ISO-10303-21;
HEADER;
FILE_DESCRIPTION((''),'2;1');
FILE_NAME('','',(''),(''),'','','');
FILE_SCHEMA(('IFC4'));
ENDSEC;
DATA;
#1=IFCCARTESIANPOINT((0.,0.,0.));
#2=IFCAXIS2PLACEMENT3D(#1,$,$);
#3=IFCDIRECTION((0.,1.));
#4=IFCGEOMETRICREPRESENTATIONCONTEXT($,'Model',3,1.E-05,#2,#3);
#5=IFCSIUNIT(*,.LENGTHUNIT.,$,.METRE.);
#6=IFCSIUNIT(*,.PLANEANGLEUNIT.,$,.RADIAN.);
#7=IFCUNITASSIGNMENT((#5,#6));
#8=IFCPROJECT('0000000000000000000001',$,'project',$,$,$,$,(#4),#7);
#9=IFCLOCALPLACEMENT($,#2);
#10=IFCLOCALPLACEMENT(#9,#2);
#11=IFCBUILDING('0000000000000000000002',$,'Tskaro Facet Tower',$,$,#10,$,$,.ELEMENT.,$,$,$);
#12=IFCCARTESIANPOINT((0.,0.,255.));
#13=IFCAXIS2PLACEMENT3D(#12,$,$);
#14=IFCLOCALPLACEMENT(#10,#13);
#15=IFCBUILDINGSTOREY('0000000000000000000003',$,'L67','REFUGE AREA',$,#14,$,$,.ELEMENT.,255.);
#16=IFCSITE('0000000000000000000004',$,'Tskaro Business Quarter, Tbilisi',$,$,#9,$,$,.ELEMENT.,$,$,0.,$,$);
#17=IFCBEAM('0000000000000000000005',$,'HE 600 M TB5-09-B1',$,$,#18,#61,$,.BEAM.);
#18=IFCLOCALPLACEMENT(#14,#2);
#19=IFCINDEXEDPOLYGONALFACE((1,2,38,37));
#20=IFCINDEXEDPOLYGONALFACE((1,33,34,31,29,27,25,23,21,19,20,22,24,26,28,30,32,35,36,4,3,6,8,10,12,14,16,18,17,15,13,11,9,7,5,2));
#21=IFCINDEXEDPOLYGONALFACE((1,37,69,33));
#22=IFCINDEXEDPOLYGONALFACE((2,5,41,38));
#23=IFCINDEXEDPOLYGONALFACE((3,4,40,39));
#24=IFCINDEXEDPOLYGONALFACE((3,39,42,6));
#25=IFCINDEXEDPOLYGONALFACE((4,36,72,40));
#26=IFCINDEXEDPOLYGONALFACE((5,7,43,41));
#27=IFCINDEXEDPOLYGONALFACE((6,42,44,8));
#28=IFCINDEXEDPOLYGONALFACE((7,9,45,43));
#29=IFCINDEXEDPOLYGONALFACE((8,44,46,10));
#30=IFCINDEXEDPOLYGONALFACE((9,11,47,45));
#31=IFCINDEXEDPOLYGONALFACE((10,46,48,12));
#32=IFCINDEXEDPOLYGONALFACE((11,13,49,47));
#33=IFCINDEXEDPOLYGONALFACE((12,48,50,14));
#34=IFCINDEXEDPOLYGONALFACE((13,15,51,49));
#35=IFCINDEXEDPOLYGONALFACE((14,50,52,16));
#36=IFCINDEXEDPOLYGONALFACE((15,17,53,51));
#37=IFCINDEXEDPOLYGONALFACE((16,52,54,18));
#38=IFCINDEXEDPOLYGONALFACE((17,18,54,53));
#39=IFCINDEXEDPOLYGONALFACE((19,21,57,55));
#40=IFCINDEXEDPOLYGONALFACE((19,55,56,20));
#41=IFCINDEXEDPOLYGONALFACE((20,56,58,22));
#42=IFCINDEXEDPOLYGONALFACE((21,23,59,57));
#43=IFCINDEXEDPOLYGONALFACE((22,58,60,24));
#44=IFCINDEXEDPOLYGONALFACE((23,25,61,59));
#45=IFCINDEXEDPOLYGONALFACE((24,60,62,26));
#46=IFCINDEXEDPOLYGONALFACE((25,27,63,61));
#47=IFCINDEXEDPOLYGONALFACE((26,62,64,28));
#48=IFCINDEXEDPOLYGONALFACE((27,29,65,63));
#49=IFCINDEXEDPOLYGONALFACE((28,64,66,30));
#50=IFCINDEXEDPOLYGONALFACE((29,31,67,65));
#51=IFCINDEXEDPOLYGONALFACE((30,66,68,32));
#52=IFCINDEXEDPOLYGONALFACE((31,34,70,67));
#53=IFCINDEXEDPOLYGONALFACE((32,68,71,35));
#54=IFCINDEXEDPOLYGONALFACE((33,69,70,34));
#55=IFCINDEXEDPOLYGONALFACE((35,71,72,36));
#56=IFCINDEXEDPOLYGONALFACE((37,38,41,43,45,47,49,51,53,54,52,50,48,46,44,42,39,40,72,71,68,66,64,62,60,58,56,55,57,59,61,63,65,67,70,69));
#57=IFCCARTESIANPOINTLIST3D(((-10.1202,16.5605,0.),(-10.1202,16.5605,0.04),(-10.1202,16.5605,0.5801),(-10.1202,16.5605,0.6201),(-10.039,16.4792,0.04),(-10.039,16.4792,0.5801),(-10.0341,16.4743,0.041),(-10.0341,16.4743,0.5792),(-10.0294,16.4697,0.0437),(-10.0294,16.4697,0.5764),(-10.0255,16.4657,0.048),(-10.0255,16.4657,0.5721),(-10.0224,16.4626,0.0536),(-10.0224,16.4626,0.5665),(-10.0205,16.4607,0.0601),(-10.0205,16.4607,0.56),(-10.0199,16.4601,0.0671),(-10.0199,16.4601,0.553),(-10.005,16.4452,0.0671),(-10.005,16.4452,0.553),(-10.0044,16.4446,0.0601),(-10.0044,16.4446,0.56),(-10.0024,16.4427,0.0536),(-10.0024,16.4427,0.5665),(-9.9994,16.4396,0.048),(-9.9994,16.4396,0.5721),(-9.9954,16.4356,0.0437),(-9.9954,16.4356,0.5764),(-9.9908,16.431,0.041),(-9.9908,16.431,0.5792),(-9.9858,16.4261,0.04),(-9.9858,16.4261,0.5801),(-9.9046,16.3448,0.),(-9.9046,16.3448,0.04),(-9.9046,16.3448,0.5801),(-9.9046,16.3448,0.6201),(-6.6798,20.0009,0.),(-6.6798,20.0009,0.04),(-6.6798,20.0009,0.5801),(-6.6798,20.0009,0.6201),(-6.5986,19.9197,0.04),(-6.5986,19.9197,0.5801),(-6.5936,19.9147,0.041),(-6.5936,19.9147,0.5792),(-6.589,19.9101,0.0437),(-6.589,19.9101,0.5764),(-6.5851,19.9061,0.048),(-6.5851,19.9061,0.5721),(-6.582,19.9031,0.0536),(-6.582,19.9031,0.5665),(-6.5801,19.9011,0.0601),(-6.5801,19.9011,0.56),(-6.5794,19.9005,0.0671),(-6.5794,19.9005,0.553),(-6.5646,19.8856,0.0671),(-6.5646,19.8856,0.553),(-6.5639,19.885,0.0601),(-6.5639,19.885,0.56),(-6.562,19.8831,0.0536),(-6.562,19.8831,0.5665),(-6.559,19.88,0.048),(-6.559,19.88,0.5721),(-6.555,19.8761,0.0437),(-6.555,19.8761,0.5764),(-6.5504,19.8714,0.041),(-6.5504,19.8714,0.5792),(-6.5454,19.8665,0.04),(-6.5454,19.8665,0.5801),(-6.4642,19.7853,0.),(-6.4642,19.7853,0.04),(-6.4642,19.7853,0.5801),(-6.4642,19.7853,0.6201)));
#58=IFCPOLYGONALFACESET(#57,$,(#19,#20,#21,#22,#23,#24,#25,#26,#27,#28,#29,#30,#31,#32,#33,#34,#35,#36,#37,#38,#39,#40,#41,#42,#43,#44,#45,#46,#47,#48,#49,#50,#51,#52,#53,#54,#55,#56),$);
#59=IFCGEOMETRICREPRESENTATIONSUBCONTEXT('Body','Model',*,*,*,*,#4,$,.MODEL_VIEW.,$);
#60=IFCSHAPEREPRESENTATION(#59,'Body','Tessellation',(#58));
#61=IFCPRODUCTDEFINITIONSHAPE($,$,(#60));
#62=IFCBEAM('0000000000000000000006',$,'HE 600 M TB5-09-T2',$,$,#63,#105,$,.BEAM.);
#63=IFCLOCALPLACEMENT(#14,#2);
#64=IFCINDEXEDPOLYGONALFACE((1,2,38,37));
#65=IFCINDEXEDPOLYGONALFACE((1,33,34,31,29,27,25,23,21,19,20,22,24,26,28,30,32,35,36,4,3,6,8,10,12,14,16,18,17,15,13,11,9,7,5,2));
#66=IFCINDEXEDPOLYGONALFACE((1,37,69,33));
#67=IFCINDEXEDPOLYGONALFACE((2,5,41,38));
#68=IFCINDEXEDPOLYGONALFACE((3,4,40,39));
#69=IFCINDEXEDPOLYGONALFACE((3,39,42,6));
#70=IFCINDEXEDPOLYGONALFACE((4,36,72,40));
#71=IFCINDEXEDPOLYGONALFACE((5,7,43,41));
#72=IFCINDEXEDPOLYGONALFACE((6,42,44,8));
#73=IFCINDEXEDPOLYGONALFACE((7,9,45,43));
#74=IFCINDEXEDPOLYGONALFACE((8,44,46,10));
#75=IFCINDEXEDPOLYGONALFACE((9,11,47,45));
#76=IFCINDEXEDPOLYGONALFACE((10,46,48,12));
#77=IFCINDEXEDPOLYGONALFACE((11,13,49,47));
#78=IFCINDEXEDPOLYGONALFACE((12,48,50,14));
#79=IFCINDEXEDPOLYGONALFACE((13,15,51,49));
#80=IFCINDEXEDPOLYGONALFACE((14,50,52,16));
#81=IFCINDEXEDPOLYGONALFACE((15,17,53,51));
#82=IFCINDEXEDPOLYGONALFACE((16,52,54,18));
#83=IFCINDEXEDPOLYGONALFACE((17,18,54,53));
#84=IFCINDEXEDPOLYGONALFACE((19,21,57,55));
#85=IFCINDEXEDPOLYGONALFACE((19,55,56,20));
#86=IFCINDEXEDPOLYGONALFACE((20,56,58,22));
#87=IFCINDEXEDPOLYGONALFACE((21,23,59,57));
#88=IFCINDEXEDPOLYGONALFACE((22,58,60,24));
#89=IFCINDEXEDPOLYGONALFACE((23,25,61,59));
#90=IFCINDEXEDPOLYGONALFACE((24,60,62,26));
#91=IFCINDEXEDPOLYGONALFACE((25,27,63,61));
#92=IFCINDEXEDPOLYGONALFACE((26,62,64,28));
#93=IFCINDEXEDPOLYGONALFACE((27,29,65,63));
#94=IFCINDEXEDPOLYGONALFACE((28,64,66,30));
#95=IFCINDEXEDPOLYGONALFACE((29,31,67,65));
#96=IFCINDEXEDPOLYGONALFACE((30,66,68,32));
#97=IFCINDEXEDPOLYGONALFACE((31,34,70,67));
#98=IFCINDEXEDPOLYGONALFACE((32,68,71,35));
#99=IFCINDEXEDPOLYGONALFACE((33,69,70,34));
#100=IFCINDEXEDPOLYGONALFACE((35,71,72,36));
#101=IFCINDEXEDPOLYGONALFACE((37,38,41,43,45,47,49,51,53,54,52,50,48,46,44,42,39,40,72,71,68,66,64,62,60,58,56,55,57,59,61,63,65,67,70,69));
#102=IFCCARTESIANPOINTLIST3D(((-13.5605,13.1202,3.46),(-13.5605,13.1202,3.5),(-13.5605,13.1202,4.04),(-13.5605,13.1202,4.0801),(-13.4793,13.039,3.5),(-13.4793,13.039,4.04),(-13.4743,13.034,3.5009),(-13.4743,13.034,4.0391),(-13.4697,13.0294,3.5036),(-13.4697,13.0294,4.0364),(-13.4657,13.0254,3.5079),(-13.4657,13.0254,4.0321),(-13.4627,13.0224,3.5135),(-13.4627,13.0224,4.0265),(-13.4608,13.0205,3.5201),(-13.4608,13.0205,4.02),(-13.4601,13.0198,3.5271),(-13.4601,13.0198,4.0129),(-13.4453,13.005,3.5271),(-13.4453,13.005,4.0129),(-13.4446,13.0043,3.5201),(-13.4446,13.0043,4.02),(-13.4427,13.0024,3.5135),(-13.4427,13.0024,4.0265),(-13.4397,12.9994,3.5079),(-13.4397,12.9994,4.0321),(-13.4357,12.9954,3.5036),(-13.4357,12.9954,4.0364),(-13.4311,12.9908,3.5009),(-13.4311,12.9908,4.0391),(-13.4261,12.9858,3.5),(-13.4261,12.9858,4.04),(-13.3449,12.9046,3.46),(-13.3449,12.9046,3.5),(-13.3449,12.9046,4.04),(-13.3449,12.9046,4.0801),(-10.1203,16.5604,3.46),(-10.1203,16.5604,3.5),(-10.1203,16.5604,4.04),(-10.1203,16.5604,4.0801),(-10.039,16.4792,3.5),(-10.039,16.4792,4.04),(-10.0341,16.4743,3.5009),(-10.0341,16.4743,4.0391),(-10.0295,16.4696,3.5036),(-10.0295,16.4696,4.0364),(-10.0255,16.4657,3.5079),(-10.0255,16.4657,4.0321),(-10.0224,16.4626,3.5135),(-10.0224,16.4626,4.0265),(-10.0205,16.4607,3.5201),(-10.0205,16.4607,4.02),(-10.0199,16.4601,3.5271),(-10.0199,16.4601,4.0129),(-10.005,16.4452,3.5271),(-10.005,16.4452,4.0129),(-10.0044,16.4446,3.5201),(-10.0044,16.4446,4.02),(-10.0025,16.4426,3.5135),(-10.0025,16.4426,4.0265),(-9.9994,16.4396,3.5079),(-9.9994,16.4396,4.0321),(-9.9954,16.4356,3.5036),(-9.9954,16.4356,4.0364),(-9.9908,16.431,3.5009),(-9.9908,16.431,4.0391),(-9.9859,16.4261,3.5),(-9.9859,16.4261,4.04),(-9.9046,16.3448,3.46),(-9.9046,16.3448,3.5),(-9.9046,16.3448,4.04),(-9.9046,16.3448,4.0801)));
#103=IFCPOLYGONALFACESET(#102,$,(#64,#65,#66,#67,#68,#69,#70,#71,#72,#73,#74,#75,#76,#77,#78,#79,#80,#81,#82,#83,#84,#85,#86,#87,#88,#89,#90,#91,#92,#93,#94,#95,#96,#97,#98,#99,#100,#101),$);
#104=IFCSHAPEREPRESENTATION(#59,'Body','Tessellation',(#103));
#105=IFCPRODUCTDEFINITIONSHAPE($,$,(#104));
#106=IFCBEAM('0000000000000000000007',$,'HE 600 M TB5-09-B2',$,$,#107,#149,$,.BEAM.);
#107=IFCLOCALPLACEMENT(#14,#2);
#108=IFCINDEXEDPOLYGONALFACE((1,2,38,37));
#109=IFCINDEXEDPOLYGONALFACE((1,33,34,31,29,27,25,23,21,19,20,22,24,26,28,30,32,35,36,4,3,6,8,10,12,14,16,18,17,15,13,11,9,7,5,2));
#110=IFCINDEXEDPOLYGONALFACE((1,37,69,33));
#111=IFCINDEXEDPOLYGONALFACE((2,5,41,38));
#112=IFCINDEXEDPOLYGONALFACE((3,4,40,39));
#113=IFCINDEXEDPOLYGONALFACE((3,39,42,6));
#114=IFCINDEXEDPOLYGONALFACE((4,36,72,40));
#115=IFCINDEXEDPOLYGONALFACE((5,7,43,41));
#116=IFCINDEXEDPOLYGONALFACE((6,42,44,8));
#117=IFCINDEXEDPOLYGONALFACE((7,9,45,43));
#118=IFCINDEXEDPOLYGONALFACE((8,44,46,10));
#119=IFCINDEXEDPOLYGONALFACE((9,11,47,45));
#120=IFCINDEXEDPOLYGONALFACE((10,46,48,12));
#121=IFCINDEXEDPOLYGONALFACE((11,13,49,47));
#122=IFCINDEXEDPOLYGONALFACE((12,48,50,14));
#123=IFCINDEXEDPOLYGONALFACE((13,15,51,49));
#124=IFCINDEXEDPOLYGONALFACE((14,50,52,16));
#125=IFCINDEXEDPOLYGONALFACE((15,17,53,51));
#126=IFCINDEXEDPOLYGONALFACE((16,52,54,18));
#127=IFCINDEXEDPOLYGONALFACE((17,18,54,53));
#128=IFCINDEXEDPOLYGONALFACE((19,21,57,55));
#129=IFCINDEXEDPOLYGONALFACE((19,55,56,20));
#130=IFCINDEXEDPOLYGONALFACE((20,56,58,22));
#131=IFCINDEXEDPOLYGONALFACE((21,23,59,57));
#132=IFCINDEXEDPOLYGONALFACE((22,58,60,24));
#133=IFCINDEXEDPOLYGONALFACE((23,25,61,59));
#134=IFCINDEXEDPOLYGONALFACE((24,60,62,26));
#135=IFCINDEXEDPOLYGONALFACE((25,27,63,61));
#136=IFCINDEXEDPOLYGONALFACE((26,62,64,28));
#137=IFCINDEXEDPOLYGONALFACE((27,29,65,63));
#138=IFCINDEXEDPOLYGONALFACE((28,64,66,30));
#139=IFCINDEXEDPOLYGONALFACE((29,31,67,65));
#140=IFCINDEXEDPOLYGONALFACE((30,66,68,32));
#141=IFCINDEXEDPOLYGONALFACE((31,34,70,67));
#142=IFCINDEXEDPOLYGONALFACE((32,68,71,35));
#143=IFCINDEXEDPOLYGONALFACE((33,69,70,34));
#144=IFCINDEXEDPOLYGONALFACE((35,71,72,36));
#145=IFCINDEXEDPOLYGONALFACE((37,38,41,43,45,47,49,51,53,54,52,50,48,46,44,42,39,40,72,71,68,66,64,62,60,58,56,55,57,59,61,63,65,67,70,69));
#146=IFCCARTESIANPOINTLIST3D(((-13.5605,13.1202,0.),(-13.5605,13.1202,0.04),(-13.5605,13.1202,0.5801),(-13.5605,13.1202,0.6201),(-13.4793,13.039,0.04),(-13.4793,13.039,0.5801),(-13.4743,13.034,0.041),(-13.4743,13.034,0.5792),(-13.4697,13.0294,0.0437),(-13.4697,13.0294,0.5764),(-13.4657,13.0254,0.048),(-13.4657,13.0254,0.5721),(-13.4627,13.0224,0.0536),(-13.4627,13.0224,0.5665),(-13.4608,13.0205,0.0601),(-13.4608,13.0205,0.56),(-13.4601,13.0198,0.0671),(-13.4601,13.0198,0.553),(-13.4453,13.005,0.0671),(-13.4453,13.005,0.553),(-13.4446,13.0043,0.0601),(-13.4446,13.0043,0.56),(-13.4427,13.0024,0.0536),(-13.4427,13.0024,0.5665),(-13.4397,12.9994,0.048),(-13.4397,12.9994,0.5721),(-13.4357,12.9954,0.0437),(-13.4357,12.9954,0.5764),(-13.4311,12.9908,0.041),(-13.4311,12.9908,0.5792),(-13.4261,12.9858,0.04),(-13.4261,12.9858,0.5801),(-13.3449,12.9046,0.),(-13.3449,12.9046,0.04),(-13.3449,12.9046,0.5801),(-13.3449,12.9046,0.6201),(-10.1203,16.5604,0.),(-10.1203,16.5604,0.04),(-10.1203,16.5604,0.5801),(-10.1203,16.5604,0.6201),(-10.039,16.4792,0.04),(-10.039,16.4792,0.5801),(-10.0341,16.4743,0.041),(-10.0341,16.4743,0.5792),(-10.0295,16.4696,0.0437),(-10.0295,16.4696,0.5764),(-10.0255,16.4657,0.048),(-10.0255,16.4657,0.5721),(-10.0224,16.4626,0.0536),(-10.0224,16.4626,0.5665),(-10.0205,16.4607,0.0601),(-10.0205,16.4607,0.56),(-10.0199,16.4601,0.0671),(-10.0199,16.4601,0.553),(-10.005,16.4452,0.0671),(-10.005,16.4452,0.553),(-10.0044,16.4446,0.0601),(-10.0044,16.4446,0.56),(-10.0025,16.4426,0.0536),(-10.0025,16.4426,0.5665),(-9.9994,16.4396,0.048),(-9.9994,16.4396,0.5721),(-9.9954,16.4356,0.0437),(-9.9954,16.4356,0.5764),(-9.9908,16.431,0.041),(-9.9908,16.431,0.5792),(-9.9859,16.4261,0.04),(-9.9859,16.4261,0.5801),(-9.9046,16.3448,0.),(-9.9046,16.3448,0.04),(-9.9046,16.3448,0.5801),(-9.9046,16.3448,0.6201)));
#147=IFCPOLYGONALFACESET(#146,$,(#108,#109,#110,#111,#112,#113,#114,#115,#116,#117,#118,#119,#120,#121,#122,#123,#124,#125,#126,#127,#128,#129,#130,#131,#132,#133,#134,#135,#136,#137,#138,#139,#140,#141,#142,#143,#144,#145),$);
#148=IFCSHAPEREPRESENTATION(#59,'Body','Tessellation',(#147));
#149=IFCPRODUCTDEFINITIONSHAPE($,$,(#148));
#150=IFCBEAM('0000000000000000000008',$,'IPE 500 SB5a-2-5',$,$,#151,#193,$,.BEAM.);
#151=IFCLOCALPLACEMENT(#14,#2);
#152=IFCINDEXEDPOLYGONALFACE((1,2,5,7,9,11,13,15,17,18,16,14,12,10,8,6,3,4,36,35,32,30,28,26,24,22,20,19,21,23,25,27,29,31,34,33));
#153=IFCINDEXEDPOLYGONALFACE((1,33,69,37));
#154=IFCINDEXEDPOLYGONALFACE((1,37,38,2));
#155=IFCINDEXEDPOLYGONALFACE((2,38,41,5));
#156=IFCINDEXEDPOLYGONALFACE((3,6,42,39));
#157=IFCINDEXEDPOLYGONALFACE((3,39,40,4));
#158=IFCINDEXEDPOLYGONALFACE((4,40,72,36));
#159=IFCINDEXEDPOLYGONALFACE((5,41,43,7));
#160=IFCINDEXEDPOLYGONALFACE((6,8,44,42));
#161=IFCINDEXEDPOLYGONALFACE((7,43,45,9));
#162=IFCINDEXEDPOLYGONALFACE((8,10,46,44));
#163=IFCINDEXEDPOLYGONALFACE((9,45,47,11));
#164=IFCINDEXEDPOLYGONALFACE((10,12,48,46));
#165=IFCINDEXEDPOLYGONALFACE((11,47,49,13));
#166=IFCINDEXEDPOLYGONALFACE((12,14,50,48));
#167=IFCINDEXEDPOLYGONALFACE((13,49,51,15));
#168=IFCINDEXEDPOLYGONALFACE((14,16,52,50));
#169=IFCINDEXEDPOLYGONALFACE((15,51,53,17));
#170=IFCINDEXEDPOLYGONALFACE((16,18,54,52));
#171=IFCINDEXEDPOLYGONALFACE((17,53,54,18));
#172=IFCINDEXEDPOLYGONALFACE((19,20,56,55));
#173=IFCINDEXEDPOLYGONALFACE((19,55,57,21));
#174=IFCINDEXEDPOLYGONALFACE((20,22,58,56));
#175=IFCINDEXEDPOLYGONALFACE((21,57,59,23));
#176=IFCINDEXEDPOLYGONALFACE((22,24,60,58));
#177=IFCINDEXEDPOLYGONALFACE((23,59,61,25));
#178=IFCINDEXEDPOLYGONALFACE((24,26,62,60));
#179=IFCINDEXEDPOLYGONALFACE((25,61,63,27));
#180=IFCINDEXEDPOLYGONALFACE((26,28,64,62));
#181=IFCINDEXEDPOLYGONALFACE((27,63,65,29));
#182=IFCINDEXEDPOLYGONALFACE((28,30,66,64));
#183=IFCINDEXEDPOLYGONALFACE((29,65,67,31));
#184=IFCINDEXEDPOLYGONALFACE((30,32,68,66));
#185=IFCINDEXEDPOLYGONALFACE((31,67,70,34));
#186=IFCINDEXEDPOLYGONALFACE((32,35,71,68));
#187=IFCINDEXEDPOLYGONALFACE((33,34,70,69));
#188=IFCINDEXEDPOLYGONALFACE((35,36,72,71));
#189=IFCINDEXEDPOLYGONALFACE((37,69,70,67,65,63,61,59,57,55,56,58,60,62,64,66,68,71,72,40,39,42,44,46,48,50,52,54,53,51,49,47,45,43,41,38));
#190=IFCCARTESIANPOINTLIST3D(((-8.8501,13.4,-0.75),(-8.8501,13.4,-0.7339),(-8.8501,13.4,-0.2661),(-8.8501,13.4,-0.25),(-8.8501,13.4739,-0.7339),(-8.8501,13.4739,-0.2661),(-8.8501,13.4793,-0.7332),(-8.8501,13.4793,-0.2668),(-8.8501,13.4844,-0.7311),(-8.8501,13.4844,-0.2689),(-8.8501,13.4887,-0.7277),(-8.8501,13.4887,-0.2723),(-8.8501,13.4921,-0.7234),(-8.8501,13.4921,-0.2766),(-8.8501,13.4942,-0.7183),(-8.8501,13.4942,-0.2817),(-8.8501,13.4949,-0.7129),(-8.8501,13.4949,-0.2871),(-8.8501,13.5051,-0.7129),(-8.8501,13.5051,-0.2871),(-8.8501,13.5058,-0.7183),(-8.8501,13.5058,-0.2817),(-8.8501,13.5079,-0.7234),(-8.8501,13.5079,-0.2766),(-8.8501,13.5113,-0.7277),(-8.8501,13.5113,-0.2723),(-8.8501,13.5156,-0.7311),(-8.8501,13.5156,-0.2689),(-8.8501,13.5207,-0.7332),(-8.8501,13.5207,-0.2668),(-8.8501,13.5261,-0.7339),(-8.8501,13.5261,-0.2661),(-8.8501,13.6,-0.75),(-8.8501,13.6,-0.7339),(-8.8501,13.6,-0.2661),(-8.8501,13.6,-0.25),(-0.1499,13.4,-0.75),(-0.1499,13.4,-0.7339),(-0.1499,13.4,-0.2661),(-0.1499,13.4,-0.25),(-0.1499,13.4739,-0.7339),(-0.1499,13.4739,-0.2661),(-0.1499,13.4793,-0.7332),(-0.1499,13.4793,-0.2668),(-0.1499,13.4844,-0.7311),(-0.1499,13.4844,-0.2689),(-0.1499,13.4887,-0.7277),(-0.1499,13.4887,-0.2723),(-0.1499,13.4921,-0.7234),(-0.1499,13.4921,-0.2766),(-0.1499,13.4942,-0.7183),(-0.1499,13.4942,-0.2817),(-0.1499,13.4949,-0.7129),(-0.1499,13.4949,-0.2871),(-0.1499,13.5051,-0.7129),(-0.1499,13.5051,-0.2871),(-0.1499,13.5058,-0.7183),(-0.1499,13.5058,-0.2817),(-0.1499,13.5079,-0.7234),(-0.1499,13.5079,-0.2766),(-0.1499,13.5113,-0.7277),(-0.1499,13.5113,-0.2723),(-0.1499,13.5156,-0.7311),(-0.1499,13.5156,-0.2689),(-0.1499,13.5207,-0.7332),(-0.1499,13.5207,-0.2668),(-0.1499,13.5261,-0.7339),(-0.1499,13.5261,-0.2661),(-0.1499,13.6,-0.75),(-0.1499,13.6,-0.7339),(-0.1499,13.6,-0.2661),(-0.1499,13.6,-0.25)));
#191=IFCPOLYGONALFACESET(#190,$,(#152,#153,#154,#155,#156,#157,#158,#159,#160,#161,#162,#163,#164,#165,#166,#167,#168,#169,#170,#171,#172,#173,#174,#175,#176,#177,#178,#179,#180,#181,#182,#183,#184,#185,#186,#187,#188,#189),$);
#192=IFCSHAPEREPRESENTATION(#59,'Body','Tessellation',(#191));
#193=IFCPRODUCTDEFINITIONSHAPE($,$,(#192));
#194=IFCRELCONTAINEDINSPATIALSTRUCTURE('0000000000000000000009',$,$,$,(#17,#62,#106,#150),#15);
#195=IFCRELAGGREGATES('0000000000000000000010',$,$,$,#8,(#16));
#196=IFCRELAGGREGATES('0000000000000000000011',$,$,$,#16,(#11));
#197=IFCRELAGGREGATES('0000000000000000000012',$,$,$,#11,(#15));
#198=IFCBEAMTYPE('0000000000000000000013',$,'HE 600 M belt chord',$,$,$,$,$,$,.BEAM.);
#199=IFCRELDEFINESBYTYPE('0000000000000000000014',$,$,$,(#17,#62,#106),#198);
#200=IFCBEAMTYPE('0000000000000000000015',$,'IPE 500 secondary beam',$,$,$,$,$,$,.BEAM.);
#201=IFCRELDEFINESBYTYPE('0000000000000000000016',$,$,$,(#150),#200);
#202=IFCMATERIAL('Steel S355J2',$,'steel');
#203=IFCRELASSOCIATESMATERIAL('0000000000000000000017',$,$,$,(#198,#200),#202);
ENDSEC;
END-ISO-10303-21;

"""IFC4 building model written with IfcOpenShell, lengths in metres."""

from ifc_helpers import new_model, si_unit, direction, frame, origin, origin_2d, place, context, subcontext, project, spatial, i_section, extrude, material, material_profile, profile_set, type_object, element, save


model = new_model("IFC4")

# Units and contexts
model_context = context("Model", 3, precision=1e-05, world=origin(), true_north=direction((0.0, 1.0)))
body_context = subcontext(model_context, "Body", "Model", "MODEL_VIEW")
ifc_project = project(units=[si_unit("LENGTHUNIT", "METRE"), si_unit("PLANEANGLEUNIT", "RADIAN")], contexts=[model_context])

# Site, building, storey
site_placement = place(None, origin())
site = spatial("IfcSite", under=ifc_project, at=site_placement, Name="Tskaro Business Quarter, Tbilisi", CompositionType="ELEMENT", RefElevation=0.0)
building_placement = place(site_placement, origin())
building = spatial("IfcBuilding", under=site, at=building_placement, Name="Tskaro Facet Tower", CompositionType="ELEMENT")
storey_placement = place(building_placement, frame((0.0, 0.0, 255.0)))
storey = spatial("IfcBuildingStorey", under=building, at=storey_placement, Name="L67", Description="REFUGE AREA", CompositionType="ELEMENT", Elevation=255.0)

# Shared definitions
ifc_material_1 = material(Name="Steel S355J2", Category="steel")

# Beams
ifc_material_profile_1 = material_profile(ifc_material_1, i_section(OverallWidth=0.3049, OverallDepth=0.6201, WebThickness=0.021, FlangeThickness=0.04, FilletRadius=0.0271, at=origin_2d()), Name="HE 600 M")
ifc_profile_set_1 = profile_set([ifc_material_profile_1], Name="Steel S355J2")
beam_type_1 = type_object("IfcBeamType", Name="HE 600 M belt chord", PredefinedType="BEAM", material=ifc_profile_set_1)
for number, where, z_axis, x_axis, name in (
    (1, (-6.572, 19.8931, 0.3101), (-0.707107, -0.707107, 0.0), (0.707107, -0.707107, 0.0), "HE 600 M TB5-09-B1"),
):
    element("IfcBeam", number, at=place(storey_placement, frame(where, z_axis=z_axis, x_axis=x_axis)), inside=storey, type_object=beam_type_1, Name=name, PredefinedType="BEAM", context=body_context, shape_type="SweptSolid", body=[
        extrude(i_section(OverallWidth=0.3049, OverallDepth=0.6201, WebThickness=0.021, FlangeThickness=0.04, FilletRadius=0.0271, at=origin_2d()), origin(), (0.0, 0.0, 1.0), 4.8655),
    ])
for number, where, z_axis, x_axis, name in (
    (2, (-10.0125, 16.4526, 3.77), (-0.707107, -0.707107, 0.0), (0.707107, -0.707107, 0.0), "HE 600 M TB5-09-T2"),
    (3, (-10.0125, 16.4526, 0.3101), (-0.707107, -0.707107, 0.0), (0.707107, -0.707107, 0.0), "HE 600 M TB5-09-B2"),
):
    element("IfcBeam", number, at=place(storey_placement, frame(where, z_axis=z_axis, x_axis=x_axis)), inside=storey, type_object=beam_type_1, Name=name, PredefinedType="BEAM", context=body_context, shape_type="SweptSolid", body=[
        extrude(i_section(OverallWidth=0.3049, OverallDepth=0.6201, WebThickness=0.021, FlangeThickness=0.04, FilletRadius=0.0271, at=origin_2d()), origin(), (0.0, 0.0, 1.0), 4.8652),
    ])
ifc_material_profile_2 = material_profile(ifc_material_1, i_section(OverallWidth=0.2, OverallDepth=0.5, WebThickness=0.0103, FlangeThickness=0.0161, FilletRadius=0.021, at=origin_2d()), Name="IPE 500")
ifc_profile_set_2 = profile_set([ifc_material_profile_2], Name="Steel S355J2")
beam_type_2 = type_object("IfcBeamType", Name="IPE 500 secondary beam", PredefinedType="BEAM", material=ifc_profile_set_2)
beam_1_placement = place(storey_placement, frame((-8.8501, 13.5, -0.5), z_axis=(1.0, 0.0, 0.0), x_axis=(0.0, 1.0, 0.0)))
element("IfcBeam", 4, at=beam_1_placement, inside=storey, type_object=beam_type_2, Name="IPE 500 SB5a-2-5", PredefinedType="BEAM", context=body_context, shape_type="SweptSolid", body=[
    extrude(i_section(OverallWidth=0.2, OverallDepth=0.5, WebThickness=0.0103, FlangeThickness=0.0161, FilletRadius=0.021, at=origin_2d()), origin(), (0.0, 0.0, 1.0), 8.7002),
])

save(model, "model.ifc")
